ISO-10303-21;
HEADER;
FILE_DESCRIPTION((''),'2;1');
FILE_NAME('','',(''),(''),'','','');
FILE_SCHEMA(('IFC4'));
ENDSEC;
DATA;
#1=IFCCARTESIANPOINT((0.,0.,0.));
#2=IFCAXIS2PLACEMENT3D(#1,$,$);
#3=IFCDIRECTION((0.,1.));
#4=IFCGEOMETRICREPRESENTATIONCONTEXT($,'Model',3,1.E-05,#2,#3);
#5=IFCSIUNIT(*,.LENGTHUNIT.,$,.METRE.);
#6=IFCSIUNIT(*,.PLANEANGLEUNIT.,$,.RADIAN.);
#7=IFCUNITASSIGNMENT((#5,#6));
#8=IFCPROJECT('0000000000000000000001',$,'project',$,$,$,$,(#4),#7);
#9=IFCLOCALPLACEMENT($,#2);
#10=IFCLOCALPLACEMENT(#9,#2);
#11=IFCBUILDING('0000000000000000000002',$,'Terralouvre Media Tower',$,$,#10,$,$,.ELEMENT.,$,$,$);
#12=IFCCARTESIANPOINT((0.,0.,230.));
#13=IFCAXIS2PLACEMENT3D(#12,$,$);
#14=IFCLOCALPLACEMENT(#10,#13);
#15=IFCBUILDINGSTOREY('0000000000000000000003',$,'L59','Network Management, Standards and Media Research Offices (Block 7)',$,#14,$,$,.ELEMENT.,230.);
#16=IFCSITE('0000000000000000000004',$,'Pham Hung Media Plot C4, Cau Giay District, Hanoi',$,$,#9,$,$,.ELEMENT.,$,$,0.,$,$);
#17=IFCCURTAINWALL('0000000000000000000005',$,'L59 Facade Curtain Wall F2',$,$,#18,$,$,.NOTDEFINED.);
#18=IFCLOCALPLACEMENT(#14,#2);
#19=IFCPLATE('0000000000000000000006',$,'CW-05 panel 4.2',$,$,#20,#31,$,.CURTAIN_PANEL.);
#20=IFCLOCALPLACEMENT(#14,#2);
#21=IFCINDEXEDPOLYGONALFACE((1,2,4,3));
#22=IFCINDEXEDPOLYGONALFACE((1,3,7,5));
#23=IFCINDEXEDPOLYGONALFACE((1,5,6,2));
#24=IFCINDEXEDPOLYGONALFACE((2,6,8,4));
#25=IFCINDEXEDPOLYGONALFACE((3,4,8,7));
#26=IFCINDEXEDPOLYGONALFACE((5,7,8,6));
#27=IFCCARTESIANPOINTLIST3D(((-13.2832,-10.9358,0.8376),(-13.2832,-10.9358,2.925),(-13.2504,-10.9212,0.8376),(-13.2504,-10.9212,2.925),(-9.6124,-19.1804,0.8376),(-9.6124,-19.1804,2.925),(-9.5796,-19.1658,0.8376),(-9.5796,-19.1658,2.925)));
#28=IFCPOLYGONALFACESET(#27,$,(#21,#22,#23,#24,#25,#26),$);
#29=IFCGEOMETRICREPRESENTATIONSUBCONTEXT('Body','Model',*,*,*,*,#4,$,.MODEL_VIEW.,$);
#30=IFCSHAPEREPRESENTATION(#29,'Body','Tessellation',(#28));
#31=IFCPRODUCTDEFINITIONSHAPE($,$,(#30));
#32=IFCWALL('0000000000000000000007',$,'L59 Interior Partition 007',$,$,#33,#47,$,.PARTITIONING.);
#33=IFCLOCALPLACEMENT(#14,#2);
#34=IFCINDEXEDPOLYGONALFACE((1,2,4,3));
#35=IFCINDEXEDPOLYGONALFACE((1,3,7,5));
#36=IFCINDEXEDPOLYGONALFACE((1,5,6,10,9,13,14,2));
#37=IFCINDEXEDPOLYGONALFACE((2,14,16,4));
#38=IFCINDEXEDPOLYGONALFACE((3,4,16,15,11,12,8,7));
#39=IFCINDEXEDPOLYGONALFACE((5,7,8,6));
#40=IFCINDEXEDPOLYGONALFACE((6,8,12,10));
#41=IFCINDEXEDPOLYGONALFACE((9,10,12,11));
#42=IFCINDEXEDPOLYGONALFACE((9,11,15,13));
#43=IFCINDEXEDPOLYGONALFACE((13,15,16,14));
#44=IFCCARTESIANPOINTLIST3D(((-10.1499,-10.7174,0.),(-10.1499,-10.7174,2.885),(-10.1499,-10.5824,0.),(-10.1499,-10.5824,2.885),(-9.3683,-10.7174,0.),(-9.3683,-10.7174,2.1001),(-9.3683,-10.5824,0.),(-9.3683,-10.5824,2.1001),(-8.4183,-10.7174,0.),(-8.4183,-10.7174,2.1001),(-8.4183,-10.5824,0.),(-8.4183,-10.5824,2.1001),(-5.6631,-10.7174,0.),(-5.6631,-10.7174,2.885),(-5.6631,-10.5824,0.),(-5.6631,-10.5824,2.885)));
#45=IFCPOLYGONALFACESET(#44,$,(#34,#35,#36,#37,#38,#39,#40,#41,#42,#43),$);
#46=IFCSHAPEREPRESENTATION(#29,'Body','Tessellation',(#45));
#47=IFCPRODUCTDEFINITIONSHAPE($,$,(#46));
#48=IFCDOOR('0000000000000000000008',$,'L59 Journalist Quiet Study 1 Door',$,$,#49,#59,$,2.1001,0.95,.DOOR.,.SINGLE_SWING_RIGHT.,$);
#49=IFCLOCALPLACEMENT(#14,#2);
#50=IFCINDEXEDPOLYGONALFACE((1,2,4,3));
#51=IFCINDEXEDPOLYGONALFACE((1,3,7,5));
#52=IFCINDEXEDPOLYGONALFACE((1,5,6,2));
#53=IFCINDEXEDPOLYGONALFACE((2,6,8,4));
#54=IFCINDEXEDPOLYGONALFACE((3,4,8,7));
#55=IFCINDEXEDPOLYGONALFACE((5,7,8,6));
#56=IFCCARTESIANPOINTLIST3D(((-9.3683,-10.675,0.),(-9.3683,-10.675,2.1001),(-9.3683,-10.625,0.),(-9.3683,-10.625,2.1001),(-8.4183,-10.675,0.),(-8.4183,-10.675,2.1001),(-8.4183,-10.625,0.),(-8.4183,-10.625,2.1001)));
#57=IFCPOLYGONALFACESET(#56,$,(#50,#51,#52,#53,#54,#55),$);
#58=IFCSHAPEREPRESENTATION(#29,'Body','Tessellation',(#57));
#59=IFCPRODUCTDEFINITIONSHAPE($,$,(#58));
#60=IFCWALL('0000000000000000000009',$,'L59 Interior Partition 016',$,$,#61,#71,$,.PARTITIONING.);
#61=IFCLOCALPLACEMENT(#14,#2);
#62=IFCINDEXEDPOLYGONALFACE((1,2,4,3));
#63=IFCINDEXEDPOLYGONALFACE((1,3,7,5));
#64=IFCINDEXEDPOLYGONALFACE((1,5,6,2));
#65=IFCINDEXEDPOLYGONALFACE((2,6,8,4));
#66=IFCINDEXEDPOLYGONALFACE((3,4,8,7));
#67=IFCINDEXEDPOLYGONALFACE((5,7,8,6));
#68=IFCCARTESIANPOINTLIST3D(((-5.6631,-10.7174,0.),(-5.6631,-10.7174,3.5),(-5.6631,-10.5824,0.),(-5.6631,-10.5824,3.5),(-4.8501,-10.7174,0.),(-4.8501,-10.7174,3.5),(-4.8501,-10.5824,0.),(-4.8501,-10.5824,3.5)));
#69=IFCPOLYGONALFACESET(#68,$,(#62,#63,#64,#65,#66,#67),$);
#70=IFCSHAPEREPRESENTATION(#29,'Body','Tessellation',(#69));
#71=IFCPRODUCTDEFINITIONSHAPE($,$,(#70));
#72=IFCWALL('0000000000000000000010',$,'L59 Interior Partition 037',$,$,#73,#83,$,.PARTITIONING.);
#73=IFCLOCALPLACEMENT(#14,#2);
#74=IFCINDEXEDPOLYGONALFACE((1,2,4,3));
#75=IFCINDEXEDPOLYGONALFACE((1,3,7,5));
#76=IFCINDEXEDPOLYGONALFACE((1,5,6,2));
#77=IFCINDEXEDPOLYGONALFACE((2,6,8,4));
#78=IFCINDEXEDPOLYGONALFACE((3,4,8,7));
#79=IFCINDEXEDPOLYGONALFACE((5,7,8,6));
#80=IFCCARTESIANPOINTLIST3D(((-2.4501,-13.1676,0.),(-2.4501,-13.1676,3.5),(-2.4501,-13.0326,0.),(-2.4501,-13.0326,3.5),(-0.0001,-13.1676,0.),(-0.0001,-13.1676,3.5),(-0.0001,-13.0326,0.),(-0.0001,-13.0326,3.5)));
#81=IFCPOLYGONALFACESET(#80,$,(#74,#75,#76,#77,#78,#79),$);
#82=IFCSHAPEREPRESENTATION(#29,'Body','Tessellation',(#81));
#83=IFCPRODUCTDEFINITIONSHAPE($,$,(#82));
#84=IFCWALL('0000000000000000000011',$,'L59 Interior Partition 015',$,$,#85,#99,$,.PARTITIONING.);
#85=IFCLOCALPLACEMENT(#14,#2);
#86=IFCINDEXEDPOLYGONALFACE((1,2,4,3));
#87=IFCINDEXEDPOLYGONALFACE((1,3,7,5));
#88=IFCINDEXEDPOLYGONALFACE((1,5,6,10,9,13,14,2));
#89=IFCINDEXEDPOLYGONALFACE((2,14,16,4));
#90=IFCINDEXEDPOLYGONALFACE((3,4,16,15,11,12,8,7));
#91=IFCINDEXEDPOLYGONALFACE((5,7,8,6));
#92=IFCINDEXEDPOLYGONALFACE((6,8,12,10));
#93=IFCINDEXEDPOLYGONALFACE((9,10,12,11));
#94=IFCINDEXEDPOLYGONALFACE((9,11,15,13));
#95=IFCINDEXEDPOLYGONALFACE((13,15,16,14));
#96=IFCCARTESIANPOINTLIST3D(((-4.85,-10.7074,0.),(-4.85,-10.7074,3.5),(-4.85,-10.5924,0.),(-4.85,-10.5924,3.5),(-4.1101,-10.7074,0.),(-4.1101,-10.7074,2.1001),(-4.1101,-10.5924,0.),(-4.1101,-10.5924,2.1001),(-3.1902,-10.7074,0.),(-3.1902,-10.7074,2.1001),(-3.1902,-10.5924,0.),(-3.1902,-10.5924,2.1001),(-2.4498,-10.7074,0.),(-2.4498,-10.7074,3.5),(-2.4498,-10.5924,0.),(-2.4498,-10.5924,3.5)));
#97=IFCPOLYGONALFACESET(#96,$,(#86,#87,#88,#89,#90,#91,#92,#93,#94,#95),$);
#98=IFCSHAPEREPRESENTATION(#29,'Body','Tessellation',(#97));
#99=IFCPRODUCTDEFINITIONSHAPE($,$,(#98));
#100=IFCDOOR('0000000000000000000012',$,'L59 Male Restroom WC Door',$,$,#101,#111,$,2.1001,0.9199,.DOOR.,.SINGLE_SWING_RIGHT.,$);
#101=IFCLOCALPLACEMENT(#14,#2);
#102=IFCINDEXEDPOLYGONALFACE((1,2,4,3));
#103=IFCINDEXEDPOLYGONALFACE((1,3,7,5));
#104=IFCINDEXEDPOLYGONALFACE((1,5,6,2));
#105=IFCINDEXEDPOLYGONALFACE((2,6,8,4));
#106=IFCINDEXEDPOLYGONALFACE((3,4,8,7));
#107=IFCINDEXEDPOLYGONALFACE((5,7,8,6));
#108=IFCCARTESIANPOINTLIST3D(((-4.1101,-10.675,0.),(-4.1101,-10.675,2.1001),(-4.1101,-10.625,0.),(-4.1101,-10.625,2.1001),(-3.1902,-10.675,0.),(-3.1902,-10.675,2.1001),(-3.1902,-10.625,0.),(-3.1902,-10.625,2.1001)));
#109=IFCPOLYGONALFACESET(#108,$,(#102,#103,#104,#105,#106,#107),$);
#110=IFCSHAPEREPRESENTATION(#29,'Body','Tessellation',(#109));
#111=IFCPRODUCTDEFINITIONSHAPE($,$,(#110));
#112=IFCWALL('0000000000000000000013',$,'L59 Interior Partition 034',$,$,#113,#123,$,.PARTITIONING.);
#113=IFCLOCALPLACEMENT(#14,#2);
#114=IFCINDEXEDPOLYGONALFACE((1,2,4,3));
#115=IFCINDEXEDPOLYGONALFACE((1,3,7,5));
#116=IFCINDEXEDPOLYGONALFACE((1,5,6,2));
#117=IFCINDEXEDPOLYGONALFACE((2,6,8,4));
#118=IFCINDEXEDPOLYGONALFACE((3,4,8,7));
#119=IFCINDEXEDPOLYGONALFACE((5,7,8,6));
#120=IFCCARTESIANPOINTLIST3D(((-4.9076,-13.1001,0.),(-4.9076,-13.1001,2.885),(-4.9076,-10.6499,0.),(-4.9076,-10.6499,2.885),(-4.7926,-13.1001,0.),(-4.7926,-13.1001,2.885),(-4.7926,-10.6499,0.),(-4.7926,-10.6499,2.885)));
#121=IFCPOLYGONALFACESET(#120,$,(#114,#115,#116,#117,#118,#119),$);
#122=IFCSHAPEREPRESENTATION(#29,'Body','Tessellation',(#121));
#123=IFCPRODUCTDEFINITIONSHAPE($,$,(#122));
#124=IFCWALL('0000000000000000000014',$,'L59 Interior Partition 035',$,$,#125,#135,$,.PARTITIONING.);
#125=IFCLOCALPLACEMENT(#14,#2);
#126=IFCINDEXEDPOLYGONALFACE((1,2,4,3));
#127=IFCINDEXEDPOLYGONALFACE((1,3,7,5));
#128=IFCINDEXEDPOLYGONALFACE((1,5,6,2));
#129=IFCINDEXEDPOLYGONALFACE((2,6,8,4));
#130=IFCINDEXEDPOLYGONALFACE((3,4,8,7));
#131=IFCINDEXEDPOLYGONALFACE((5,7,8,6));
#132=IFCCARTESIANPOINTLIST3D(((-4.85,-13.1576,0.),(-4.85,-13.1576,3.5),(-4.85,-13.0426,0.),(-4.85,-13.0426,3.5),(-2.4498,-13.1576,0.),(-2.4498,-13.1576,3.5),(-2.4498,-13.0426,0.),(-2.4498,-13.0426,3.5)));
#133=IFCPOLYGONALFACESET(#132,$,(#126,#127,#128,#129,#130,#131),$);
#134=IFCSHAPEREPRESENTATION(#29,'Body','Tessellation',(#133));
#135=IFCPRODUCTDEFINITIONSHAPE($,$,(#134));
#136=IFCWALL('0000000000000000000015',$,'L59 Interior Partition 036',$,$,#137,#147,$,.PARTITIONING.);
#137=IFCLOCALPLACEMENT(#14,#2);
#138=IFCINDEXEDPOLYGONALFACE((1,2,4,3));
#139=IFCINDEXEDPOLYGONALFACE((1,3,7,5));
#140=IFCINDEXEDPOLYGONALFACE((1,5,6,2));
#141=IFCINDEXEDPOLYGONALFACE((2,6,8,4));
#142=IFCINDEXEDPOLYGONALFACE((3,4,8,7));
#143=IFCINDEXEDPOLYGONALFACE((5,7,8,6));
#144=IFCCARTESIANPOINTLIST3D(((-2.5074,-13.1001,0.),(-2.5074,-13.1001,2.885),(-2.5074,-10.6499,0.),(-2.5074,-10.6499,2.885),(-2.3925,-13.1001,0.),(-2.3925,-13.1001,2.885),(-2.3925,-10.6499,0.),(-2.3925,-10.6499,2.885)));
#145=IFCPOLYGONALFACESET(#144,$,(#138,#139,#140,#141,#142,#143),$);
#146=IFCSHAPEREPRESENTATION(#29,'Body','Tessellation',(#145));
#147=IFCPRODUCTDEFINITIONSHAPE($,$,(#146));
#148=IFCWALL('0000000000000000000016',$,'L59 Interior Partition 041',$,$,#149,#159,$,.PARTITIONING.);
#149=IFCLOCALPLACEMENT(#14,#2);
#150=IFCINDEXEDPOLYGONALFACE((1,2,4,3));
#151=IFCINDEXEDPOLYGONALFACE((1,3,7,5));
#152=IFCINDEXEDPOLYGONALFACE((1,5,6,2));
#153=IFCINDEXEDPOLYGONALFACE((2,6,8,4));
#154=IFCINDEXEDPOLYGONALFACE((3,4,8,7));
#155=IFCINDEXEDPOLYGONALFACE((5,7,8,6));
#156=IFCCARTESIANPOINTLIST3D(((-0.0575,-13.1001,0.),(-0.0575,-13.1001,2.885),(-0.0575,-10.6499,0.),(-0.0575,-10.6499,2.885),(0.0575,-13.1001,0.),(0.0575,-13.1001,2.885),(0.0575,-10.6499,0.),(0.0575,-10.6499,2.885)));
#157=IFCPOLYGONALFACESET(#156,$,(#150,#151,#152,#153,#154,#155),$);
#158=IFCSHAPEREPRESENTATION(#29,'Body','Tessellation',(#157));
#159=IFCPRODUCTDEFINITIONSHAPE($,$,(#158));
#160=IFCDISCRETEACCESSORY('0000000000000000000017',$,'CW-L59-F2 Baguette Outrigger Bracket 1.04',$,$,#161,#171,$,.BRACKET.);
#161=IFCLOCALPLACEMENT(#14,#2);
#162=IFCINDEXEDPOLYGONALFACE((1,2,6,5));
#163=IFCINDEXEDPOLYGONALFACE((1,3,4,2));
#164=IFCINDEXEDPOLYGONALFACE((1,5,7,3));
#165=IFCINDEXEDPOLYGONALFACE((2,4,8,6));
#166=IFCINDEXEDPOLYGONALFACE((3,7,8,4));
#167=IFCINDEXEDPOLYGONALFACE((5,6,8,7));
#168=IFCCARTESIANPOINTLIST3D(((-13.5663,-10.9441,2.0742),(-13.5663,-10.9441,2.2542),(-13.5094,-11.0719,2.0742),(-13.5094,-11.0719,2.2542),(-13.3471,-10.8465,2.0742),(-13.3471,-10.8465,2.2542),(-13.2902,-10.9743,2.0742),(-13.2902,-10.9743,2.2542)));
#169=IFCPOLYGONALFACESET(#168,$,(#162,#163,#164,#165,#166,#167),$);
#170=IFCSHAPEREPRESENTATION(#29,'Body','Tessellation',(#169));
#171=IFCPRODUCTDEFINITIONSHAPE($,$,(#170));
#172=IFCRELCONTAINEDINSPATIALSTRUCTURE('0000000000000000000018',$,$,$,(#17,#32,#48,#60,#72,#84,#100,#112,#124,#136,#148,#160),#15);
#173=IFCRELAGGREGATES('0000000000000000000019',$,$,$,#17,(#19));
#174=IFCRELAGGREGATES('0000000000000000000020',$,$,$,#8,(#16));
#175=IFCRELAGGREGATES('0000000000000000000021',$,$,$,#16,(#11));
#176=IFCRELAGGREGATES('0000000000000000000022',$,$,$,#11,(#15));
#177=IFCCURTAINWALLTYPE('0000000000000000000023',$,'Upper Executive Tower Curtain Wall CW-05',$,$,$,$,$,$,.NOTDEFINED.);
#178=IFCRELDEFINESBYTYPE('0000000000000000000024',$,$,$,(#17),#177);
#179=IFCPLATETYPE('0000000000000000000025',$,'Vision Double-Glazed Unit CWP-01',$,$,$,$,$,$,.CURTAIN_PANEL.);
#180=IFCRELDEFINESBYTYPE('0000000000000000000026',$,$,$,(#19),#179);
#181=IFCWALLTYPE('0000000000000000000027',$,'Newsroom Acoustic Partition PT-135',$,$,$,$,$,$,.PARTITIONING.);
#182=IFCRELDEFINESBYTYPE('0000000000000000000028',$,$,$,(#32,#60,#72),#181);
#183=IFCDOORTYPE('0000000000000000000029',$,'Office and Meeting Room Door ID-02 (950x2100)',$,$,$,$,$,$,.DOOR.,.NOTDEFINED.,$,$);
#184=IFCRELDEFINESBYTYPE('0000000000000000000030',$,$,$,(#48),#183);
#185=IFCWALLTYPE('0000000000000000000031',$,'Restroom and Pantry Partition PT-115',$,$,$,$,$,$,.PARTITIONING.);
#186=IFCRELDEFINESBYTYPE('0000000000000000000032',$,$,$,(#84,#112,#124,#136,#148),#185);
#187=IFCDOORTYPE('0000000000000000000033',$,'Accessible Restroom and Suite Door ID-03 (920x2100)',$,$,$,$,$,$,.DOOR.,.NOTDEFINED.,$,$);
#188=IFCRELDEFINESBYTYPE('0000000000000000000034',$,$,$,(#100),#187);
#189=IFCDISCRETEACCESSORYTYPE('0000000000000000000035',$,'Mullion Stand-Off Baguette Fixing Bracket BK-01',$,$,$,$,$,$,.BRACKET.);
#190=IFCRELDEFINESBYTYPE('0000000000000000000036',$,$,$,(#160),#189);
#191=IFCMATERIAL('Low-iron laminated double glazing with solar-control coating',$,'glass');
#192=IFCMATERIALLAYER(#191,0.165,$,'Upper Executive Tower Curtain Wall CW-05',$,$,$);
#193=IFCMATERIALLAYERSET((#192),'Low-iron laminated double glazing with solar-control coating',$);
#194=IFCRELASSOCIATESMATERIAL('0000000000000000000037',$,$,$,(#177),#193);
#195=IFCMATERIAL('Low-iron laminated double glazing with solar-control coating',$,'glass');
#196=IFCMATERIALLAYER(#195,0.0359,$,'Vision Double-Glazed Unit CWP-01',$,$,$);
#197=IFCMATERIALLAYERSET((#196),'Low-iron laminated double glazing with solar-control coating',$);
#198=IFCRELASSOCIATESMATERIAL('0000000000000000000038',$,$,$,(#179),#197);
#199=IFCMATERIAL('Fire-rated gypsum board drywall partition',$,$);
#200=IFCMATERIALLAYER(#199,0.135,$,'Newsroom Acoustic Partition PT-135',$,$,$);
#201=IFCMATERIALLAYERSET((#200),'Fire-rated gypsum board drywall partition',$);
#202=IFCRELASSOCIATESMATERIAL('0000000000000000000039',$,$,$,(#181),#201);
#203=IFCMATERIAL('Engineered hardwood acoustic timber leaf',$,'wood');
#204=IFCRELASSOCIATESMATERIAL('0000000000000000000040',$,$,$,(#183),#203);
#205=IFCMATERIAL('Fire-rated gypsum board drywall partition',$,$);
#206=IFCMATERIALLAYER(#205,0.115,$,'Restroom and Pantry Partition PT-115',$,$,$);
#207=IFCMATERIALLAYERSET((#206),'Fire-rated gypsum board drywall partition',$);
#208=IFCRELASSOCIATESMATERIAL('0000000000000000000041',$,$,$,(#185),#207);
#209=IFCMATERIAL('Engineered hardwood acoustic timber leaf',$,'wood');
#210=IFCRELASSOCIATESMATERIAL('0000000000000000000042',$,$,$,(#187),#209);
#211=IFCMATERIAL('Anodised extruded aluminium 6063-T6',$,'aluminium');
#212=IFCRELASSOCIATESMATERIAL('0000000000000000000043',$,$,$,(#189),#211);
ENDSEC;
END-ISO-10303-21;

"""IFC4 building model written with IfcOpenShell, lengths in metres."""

from ifc_helpers import new_model, si_unit, direction, frame, frame_2d, origin, origin_2d, place, context, subcontext, project, spatial, rectangle, extrude, material, layer, layer_set, type_object, element, fill, aggregate, save


model = new_model("IFC4")

# Units and contexts
model_context = context("Model", 3, precision=1e-05, world=origin(), true_north=direction((0.0, 1.0)))
body_context = subcontext(model_context, "Body", "Model", "MODEL_VIEW")
ifc_project = project(units=[si_unit("LENGTHUNIT", "METRE"), si_unit("PLANEANGLEUNIT", "RADIAN")], contexts=[model_context])

# Site, building, storey
site_placement = place(None, origin())
site = spatial("IfcSite", under=ifc_project, at=site_placement, Name="Pham Hung Media Plot C4, Cau Giay District, Hanoi", CompositionType="ELEMENT", RefElevation=0.0)
building_placement = place(site_placement, origin())
building = spatial("IfcBuilding", under=site, at=building_placement, Name="Terralouvre Media Tower", CompositionType="ELEMENT")
storey_placement = place(building_placement, frame((0.0, 0.0, 230.0)))
storey = spatial("IfcBuildingStorey", under=building, at=storey_placement, Name="L59", Description="Network Management, Standards and Media Research Offices (Block 7)", CompositionType="ELEMENT", Elevation=230.0)

# Curtain wall
ifc_material_1 = material(Name="Low-iron laminated double glazing with solar-control coating", Category="glass")
ifc_layer_1 = layer(ifc_material_1, 0.165, Name="Upper Executive Tower Curtain Wall CW-05")
ifc_layer_set_1 = layer_set([ifc_layer_1], Name="Low-iron laminated double glazing with solar-control coating")
curtain_wall_type = type_object("IfcCurtainWallType", Name="Upper Executive Tower Curtain Wall CW-05", PredefinedType="NOTDEFINED", material=ifc_layer_set_1)
curtain_wall_placement = place(storey_placement, origin())
curtain_wall = element("IfcCurtainWall", 1, at=curtain_wall_placement, inside=storey, type_object=curtain_wall_type, Name="L59 Facade Curtain Wall F2", PredefinedType="NOTDEFINED")

# Plate
ifc_material_2 = material(Name="Low-iron laminated double glazing with solar-control coating", Category="glass")
ifc_layer_2 = layer(ifc_material_2, 0.0359, Name="Vision Double-Glazed Unit CWP-01")
ifc_layer_set_2 = layer_set([ifc_layer_2], Name="Low-iron laminated double glazing with solar-control coating")
plate_type = type_object("IfcPlateType", Name="Vision Double-Glazed Unit CWP-01", PredefinedType="CURTAIN_PANEL", material=ifc_layer_set_2)
plate_1_placement = place(storey_placement, frame((-11.4314, -15.0508, 0.8376), z_axis=(0.0, 0.0, 1.0), x_axis=(0.406737, -0.913545, 0.0)))
plate_1 = element("IfcPlate", 2, at=plate_1_placement, type_object=plate_type, Name="CW-05 panel 4.2", PredefinedType="CURTAIN_PANEL", context=body_context, shape_type="SweptSolid", body=[
    extrude(rectangle(XDim=9.0249, YDim=0.0359, at=origin_2d()), origin(), (0.0, 0.0, 1.0), 2.0874),
])
aggregate(curtain_wall, [plate_1])

# Wall, opening, door
ifc_material_3 = material(Name="Fire-rated gypsum board drywall partition")
ifc_layer_3 = layer(ifc_material_3, 0.135, Name="Newsroom Acoustic Partition PT-135")
ifc_layer_set_3 = layer_set([ifc_layer_3], Name="Fire-rated gypsum board drywall partition")
wall_type_1 = type_object("IfcWallType", Name="Newsroom Acoustic Partition PT-135", PredefinedType="PARTITIONING", material=ifc_layer_set_3)
wall_1_placement = place(storey_placement, frame((-10.1499, -10.6499, 0.0), z_axis=(0.0, 0.0, 1.0), x_axis=(1.0, 0.0, 0.0)))
wall_1 = element("IfcWall", 3, at=wall_1_placement, inside=storey, type_object=wall_type_1, Name="L59 Interior Partition 007", PredefinedType="PARTITIONING", context=body_context, shape_type="SweptSolid", body=[
    extrude(rectangle(XDim=4.4868, YDim=0.135, at=frame_2d((2.2434, 0.0))), origin(), (0.0, 0.0, 1.0), 2.885),
])
opening_1_placement = place(wall_1_placement, frame((0.7815, 0.0, 0.0)))
opening_1 = element("IfcOpeningElement", 4, at=opening_1_placement, cuts=wall_1, PredefinedType="OPENING", context=body_context, shape_type="SweptSolid", body=[
    extrude(rectangle(XDim=0.95, YDim=2.1001, at=frame_2d((0.4751, 1.05))), frame((0.0, 0.0774, 0.0), z_axis=(0.0, -1.0, 0.0), x_axis=(1.0, 0.0, 0.0)), (0.0, 0.0, 1.0), 0.155),
])
ifc_material_4 = material(Name="Engineered hardwood acoustic timber leaf", Category="wood")
door_type_1 = type_object("IfcDoorType", Name="Office and Meeting Room Door ID-02 (950x2100)", OperationType="NOTDEFINED", PredefinedType="DOOR", material=ifc_material_4)
door_1_placement = place(opening_1_placement, origin())
door_1 = element("IfcDoor", 5, at=door_1_placement, inside=storey, type_object=door_type_1, Name="L59 Journalist Quiet Study 1 Door", OperationType="SINGLE_SWING_RIGHT", OverallHeight=2.1001, OverallWidth=0.95, PredefinedType="DOOR", context=body_context, shape_type="SweptSolid", body=[
    extrude(rectangle(XDim=0.95, YDim=2.1001, at=frame_2d((0.4751, 1.05))), frame((0.0, 0.0249, 0.0), z_axis=(0.0, -1.0, 0.0), x_axis=(1.0, 0.0, 0.0)), (0.0, 0.0, 1.0), 0.05),
])
fill(opening_1, door_1)

# Walls
wall_2_placement = place(storey_placement, frame((-5.6631, -10.6499, 0.0), z_axis=(0.0, 0.0, 1.0), x_axis=(1.0, 0.0, 0.0)))
element("IfcWall", 6, at=wall_2_placement, inside=storey, type_object=wall_type_1, Name="L59 Interior Partition 016", PredefinedType="PARTITIONING", context=body_context, shape_type="SweptSolid", body=[
    extrude(rectangle(XDim=0.813, YDim=0.135, at=frame_2d((0.4065, 0.0))), origin(), (0.0, 0.0, 1.0), 3.5),
])
wall_3_placement = place(storey_placement, frame((0.0, -13.1001, 0.0), z_axis=(0.0, 0.0, 1.0), x_axis=(-1.0, 0.0, 0.0)))
element("IfcWall", 7, at=wall_3_placement, inside=storey, type_object=wall_type_1, Name="L59 Interior Partition 037", PredefinedType="PARTITIONING", context=body_context, shape_type="SweptSolid", body=[
    extrude(rectangle(XDim=2.45, YDim=0.135, at=frame_2d((1.2251, 0.0))), origin(), (0.0, 0.0, 1.0), 3.5),
])

# Wall, opening, door
ifc_material_5 = material(Name="Fire-rated gypsum board drywall partition")
ifc_layer_4 = layer(ifc_material_5, 0.115, Name="Restroom and Pantry Partition PT-115")
ifc_layer_set_4 = layer_set([ifc_layer_4], Name="Fire-rated gypsum board drywall partition")
wall_type_2 = type_object("IfcWallType", Name="Restroom and Pantry Partition PT-115", PredefinedType="PARTITIONING", material=ifc_layer_set_4)
wall_4_placement = place(storey_placement, frame((-4.8501, -10.6499, 0.0), z_axis=(0.0, 0.0, 1.0), x_axis=(1.0, 0.0, 0.0)))
wall_4 = element("IfcWall", 8, at=wall_4_placement, inside=storey, type_object=wall_type_2, Name="L59 Interior Partition 015", PredefinedType="PARTITIONING", context=body_context, shape_type="SweptSolid", body=[
    extrude(rectangle(XDim=2.4001, YDim=0.115, at=frame_2d((1.2002, 0.0))), origin(), (0.0, 0.0, 1.0), 3.5),
])
opening_2_placement = place(wall_4_placement, frame((0.74, 0.0, 0.0)))
opening_2 = element("IfcOpeningElement", 9, at=opening_2_placement, cuts=wall_4, PredefinedType="OPENING", context=body_context, shape_type="SweptSolid", body=[
    extrude(rectangle(XDim=0.9199, YDim=2.1001, at=frame_2d((0.46, 1.05))), frame((0.0, 0.0674, 0.0), z_axis=(0.0, -1.0, 0.0), x_axis=(1.0, 0.0, 0.0)), (0.0, 0.0, 1.0), 0.135),
])
ifc_material_6 = material(Name="Engineered hardwood acoustic timber leaf", Category="wood")
door_type_2 = type_object("IfcDoorType", Name="Accessible Restroom and Suite Door ID-03 (920x2100)", OperationType="NOTDEFINED", PredefinedType="DOOR", material=ifc_material_6)
door_2_placement = place(opening_2_placement, origin())
door_2 = element("IfcDoor", 10, at=door_2_placement, inside=storey, type_object=door_type_2, Name="L59 Male Restroom WC Door", OperationType="SINGLE_SWING_RIGHT", OverallHeight=2.1001, OverallWidth=0.9199, PredefinedType="DOOR", context=body_context, shape_type="SweptSolid", body=[
    extrude(rectangle(XDim=0.9199, YDim=2.1001, at=frame_2d((0.46, 1.05))), frame((0.0, 0.0249, 0.0), z_axis=(0.0, -1.0, 0.0), x_axis=(1.0, 0.0, 0.0)), (0.0, 0.0, 1.0), 0.05),
])
fill(opening_2, door_2)

# Walls
wall_5_placement = place(storey_placement, frame((-4.8501, -10.6499, 0.0), z_axis=(0.0, 0.0, 1.0), x_axis=(0.0, -1.0, 0.0)))
element("IfcWall", 11, at=wall_5_placement, inside=storey, type_object=wall_type_2, Name="L59 Interior Partition 034", PredefinedType="PARTITIONING", context=body_context, shape_type="SweptSolid", body=[
    extrude(rectangle(XDim=2.4502, YDim=0.115, at=frame_2d((1.2251, 0.0))), origin(), (0.0, 0.0, 1.0), 2.885),
])
wall_6_placement = place(storey_placement, frame((-4.8501, -13.1001, 0.0), z_axis=(0.0, 0.0, 1.0), x_axis=(1.0, 0.0, 0.0)))
element("IfcWall", 12, at=wall_6_placement, inside=storey, type_object=wall_type_2, Name="L59 Interior Partition 035", PredefinedType="PARTITIONING", context=body_context, shape_type="SweptSolid", body=[
    extrude(rectangle(XDim=2.4001, YDim=0.115, at=frame_2d((1.2002, 0.0))), origin(), (0.0, 0.0, 1.0), 3.5),
])
for number, where, z_axis, x_axis, name in (
    (13, (-2.45, -13.1001, 0.0), (0.0, 0.0, 1.0), (0.0, 1.0, 0.0), "L59 Interior Partition 036"),
    (14, (0.0, -13.1001, 0.0), (0.0, 0.0, 1.0), (0.0, 1.0, 0.0), "L59 Interior Partition 041"),
):
    element("IfcWall", number, at=place(storey_placement, frame(where, z_axis=z_axis, x_axis=x_axis)), inside=storey, type_object=wall_type_2, Name=name, PredefinedType="PARTITIONING", context=body_context, shape_type="SweptSolid", body=[
        extrude(rectangle(XDim=2.4502, YDim=0.115, at=frame_2d((1.2251, 0.0))), origin(), (0.0, 0.0, 1.0), 2.885),
    ])

# Discrete accessory
ifc_material_7 = material(Name="Anodised extruded aluminium 6063-T6", Category="aluminium")
discrete_accessory_type = type_object("IfcDiscreteAccessoryType", Name="Mullion Stand-Off Baguette Fixing Bracket BK-01", PredefinedType="BRACKET", material=ifc_material_7)
discrete_accessory_placement = place(storey_placement, frame((-13.4282, -10.9592, 2.0742), z_axis=(0.0, 0.0, 1.0), x_axis=(0.406737, -0.913545, 0.0)))
element("IfcDiscreteAccessory", 15, at=discrete_accessory_placement, inside=storey, type_object=discrete_accessory_type, Name="CW-L59-F2 Baguette Outrigger Bracket 1.04", PredefinedType="BRACKET", context=body_context, shape_type="SweptSolid", body=[
    extrude(rectangle(XDim=0.1399, YDim=0.24, at=origin_2d()), origin(), (0.0, 0.0, 1.0), 0.1799),
])

save(model, "model.ifc")
